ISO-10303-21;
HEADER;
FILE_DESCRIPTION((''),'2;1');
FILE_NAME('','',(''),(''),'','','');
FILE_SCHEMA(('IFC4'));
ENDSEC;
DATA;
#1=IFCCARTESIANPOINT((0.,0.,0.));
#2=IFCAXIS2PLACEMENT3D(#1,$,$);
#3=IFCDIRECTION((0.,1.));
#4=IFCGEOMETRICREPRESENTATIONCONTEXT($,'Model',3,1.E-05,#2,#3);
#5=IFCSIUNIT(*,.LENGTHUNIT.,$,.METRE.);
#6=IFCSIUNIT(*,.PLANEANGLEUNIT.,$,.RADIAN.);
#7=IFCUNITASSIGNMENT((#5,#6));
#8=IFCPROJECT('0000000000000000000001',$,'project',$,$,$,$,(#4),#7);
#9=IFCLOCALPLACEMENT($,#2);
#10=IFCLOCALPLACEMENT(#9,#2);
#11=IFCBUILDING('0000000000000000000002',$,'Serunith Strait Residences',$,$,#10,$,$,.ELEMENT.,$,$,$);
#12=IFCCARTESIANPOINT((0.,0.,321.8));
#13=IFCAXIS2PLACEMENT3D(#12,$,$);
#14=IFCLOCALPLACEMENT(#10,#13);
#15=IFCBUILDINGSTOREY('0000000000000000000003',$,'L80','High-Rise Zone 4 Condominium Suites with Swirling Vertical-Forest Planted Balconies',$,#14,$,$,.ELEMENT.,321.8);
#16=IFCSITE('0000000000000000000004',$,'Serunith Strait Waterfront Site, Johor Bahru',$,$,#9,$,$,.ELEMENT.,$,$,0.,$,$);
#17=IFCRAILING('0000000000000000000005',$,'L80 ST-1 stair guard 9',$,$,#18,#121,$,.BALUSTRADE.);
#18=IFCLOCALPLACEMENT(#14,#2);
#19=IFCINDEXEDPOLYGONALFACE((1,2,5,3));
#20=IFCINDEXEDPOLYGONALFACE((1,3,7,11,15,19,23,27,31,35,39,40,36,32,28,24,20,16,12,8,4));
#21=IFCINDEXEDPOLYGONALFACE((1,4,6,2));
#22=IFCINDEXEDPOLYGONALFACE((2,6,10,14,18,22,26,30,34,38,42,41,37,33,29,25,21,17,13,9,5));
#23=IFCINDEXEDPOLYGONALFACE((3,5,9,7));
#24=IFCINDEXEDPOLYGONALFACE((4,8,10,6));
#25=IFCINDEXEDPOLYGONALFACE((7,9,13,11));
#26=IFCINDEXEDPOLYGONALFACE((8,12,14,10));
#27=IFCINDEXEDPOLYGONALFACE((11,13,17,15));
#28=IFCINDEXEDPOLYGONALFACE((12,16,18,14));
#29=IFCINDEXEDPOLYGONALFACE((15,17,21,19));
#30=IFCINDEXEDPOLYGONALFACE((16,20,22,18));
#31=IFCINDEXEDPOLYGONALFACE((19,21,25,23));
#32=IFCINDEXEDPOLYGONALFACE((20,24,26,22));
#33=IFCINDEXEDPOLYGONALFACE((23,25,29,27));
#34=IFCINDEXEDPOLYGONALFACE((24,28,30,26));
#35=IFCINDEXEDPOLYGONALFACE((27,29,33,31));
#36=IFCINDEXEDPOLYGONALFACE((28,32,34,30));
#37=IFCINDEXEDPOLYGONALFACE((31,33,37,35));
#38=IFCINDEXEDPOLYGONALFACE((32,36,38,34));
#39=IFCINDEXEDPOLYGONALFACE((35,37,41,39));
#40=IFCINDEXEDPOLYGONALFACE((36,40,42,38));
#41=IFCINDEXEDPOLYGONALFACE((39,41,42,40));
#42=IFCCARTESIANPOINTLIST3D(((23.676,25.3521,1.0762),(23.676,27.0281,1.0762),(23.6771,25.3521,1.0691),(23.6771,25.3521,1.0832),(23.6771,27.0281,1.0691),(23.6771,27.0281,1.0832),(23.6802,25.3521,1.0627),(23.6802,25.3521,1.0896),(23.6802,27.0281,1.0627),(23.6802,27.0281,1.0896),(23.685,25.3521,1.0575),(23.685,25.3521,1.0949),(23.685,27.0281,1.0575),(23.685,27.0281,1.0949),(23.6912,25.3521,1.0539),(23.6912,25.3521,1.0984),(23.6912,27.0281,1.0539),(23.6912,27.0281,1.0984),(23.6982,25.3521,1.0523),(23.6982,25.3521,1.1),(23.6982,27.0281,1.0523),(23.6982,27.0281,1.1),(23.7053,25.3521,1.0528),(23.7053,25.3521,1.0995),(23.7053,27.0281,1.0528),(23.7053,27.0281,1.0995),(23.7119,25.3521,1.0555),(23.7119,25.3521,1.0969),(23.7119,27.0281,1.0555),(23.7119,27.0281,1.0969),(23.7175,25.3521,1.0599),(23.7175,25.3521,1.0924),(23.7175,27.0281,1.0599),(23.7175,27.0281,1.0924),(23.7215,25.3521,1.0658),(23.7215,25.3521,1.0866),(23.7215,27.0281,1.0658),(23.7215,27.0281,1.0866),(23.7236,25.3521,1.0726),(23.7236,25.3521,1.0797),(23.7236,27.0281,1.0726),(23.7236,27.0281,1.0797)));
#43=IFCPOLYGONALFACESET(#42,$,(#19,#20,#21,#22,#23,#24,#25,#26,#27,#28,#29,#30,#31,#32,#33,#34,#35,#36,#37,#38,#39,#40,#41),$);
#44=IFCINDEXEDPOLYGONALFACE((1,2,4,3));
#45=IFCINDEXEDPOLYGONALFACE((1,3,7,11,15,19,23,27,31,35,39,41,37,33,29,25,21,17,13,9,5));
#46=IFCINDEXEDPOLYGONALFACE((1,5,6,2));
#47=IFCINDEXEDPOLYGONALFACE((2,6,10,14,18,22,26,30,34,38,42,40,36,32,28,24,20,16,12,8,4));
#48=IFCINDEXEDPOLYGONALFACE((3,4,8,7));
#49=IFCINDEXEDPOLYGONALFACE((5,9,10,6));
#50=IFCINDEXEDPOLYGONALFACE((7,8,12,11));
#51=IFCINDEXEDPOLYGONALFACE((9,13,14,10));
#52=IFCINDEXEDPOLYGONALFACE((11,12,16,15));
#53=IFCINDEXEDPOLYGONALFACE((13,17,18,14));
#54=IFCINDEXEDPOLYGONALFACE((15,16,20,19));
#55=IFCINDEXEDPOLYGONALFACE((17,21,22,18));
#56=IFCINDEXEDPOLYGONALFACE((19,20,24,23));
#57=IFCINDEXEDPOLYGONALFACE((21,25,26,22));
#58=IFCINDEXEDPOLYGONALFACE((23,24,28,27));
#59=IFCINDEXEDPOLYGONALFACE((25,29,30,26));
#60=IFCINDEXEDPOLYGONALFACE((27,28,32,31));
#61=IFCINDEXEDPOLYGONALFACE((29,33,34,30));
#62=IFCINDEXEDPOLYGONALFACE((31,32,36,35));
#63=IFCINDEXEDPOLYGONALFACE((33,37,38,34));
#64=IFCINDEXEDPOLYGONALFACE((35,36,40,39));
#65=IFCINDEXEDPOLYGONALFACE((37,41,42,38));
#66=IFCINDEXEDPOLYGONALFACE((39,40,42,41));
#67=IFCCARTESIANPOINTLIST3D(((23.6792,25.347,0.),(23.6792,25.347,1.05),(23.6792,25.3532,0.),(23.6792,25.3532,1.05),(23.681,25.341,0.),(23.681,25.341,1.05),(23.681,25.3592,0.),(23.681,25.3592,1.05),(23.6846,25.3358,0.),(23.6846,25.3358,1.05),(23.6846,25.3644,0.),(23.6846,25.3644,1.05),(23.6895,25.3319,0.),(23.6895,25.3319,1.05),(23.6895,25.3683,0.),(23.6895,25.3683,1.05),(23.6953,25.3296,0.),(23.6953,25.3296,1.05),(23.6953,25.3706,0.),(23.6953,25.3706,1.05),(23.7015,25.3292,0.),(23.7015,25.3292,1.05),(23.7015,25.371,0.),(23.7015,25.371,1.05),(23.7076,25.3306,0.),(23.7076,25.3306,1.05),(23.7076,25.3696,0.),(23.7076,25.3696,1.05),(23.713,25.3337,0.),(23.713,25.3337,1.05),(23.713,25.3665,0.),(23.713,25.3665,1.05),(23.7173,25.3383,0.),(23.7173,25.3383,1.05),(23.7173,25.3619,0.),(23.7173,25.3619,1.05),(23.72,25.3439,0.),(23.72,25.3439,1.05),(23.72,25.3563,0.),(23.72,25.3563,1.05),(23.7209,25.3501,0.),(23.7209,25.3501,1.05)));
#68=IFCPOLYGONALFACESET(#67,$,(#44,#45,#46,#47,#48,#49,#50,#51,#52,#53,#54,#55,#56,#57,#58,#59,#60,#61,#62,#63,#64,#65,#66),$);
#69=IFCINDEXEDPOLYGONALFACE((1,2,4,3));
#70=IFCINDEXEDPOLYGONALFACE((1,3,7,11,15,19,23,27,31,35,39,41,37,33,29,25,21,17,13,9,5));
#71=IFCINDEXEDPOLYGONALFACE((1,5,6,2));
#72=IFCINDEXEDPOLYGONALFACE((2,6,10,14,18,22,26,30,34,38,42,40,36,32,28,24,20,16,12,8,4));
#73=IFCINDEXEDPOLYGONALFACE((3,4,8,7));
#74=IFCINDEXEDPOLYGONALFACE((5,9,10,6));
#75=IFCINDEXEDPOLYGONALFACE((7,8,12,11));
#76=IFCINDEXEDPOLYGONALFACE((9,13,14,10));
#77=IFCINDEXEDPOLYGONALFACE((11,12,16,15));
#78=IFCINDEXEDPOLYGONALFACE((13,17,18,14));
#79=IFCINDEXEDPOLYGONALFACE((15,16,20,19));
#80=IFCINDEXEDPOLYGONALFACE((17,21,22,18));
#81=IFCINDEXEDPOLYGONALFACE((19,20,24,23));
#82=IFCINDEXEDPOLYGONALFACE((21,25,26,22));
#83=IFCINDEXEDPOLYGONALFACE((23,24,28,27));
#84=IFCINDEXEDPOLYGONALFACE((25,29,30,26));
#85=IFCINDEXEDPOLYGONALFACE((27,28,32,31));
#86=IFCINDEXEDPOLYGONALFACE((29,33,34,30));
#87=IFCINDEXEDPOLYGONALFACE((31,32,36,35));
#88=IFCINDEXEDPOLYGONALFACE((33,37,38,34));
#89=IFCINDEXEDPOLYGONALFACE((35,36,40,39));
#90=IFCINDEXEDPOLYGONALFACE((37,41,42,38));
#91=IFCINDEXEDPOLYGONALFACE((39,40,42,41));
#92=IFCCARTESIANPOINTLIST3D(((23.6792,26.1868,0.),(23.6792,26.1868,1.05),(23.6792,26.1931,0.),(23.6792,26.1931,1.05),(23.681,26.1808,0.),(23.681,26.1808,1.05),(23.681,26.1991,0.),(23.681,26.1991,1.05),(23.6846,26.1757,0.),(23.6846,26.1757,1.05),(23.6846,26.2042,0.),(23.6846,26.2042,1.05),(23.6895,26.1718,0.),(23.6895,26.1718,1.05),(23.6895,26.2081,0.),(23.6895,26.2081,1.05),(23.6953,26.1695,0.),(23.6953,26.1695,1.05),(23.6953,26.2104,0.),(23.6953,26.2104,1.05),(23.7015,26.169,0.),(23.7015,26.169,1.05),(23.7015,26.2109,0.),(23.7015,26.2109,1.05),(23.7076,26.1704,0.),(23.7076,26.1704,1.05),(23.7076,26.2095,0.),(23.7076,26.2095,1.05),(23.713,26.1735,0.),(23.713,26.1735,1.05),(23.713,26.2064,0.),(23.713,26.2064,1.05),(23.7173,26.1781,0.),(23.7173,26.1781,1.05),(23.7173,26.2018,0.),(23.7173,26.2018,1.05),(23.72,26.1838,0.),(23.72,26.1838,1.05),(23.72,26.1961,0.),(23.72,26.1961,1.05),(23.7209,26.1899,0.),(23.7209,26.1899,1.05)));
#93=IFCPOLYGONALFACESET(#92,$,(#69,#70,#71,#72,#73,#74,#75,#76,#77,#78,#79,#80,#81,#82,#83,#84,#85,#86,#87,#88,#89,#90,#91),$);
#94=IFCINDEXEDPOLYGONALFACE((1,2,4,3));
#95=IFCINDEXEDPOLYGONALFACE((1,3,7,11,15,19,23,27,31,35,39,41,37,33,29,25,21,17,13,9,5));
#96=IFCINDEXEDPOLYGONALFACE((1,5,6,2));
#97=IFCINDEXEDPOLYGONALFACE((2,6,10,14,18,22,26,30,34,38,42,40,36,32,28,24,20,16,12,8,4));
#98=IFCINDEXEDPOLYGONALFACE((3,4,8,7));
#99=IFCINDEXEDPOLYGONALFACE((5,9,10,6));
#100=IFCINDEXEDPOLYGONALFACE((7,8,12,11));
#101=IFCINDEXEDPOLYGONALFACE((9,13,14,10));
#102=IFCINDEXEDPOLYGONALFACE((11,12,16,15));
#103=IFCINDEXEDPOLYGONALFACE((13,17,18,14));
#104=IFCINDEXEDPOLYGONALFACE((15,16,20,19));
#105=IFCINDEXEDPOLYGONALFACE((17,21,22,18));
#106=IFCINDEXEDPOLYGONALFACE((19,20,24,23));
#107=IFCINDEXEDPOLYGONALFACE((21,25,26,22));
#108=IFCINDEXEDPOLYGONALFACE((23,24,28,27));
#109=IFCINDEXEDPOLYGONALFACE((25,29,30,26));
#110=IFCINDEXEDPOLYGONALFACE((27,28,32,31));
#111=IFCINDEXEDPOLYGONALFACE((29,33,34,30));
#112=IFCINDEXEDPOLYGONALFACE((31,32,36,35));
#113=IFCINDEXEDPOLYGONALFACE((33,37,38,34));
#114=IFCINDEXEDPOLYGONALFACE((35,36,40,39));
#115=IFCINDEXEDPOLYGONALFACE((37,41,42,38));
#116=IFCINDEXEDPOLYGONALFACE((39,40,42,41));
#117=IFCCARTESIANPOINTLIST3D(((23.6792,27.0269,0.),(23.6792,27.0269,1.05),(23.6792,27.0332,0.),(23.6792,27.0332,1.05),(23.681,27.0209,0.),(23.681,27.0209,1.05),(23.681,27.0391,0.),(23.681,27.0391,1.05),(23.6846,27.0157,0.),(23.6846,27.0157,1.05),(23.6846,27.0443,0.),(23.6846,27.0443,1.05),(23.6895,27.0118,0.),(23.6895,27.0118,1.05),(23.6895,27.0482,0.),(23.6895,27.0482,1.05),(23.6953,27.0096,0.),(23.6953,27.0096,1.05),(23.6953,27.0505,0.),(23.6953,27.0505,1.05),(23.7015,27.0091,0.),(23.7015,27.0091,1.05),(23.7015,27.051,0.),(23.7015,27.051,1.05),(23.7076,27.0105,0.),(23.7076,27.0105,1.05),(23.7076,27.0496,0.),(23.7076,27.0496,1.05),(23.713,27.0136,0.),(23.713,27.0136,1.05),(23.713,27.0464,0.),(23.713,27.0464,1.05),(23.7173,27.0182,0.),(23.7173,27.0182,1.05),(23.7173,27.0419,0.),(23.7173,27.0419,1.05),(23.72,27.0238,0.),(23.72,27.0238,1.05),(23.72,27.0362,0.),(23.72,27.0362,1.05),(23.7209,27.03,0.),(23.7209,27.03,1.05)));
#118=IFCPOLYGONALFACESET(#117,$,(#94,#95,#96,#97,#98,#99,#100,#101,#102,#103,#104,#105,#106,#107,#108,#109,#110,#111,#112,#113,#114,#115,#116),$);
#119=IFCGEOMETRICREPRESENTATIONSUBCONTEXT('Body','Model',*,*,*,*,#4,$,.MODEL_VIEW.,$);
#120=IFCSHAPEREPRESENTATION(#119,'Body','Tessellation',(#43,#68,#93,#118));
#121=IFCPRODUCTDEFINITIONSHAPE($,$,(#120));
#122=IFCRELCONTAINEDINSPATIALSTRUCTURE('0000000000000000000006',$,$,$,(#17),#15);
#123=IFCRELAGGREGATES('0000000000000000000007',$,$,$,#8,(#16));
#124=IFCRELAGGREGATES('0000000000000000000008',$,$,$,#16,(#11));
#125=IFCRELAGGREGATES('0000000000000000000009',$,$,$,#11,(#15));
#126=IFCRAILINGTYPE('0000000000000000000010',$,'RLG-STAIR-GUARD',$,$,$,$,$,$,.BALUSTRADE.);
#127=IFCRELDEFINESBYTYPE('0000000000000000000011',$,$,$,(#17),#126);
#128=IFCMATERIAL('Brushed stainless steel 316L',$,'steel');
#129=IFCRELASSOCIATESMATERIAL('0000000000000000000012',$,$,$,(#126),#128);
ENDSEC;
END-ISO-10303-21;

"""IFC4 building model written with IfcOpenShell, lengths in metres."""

from ifc_helpers import new_model, si_unit, direction, frame, origin, origin_2d, place, context, subcontext, project, spatial, circle, extrude, material, type_object, element, save


model = new_model("IFC4")

# Units and contexts
model_context = context("Model", 3, precision=1e-05, world=origin(), true_north=direction((0.0, 1.0)))
body_context = subcontext(model_context, "Body", "Model", "MODEL_VIEW")
ifc_project = project(units=[si_unit("LENGTHUNIT", "METRE"), si_unit("PLANEANGLEUNIT", "RADIAN")], contexts=[model_context])

# Site, building, storey
site_placement = place(None, origin())
site = spatial("IfcSite", under=ifc_project, at=site_placement, Name="Serunith Strait Waterfront Site, Johor Bahru", CompositionType="ELEMENT", RefElevation=0.0)
building_placement = place(site_placement, origin())
building = spatial("IfcBuilding", under=site, at=building_placement, Name="Serunith Strait Residences", CompositionType="ELEMENT")
storey_placement = place(building_placement, frame((0.0, 0.0, 321.8)))
storey = spatial("IfcBuildingStorey", under=building, at=storey_placement, Name="L80", Description="High-Rise Zone 4 Condominium Suites with Swirling Vertical-Forest Planted Balconies", CompositionType="ELEMENT", Elevation=321.8)

# Railing
ifc_material_1 = material(Name="Brushed stainless steel 316L", Category="steel")
railing_type_1 = type_object("IfcRailingType", Name="RLG-STAIR-GUARD", PredefinedType="BALUSTRADE", material=ifc_material_1)
for number, where, name in (
    (1, (23.7, 25.3501, 0.0), "L80 ST-1 stair guard 9"),
):
    element("IfcRailing", number, at=place(storey_placement, frame(where)), inside=storey, type_object=railing_type_1, Name=name, PredefinedType="BALUSTRADE", context=body_context, shape_type="SweptSolid", body=[
        extrude(circle(Radius=0.0239, at=origin_2d()), frame((0.0, 0.002, 1.0762), z_axis=(0.0, 1.0, 0.0), x_axis=(-1.0, 0.0, 0.0)), (0.0, 0.0, 1.0), 1.676),
        extrude(circle(Radius=0.021, at=origin_2d()), origin(), (0.0, 0.0, 1.0), 1.05),
        extrude(circle(Radius=0.021, at=origin_2d()), frame((0.0, 0.8398, 0.0)), (0.0, 0.0, 1.0), 1.05),
        extrude(circle(Radius=0.021, at=origin_2d()), frame((0.0, 1.6799, 0.0)), (0.0, 0.0, 1.0), 1.05),
    ])

save(model, "model.ifc")
